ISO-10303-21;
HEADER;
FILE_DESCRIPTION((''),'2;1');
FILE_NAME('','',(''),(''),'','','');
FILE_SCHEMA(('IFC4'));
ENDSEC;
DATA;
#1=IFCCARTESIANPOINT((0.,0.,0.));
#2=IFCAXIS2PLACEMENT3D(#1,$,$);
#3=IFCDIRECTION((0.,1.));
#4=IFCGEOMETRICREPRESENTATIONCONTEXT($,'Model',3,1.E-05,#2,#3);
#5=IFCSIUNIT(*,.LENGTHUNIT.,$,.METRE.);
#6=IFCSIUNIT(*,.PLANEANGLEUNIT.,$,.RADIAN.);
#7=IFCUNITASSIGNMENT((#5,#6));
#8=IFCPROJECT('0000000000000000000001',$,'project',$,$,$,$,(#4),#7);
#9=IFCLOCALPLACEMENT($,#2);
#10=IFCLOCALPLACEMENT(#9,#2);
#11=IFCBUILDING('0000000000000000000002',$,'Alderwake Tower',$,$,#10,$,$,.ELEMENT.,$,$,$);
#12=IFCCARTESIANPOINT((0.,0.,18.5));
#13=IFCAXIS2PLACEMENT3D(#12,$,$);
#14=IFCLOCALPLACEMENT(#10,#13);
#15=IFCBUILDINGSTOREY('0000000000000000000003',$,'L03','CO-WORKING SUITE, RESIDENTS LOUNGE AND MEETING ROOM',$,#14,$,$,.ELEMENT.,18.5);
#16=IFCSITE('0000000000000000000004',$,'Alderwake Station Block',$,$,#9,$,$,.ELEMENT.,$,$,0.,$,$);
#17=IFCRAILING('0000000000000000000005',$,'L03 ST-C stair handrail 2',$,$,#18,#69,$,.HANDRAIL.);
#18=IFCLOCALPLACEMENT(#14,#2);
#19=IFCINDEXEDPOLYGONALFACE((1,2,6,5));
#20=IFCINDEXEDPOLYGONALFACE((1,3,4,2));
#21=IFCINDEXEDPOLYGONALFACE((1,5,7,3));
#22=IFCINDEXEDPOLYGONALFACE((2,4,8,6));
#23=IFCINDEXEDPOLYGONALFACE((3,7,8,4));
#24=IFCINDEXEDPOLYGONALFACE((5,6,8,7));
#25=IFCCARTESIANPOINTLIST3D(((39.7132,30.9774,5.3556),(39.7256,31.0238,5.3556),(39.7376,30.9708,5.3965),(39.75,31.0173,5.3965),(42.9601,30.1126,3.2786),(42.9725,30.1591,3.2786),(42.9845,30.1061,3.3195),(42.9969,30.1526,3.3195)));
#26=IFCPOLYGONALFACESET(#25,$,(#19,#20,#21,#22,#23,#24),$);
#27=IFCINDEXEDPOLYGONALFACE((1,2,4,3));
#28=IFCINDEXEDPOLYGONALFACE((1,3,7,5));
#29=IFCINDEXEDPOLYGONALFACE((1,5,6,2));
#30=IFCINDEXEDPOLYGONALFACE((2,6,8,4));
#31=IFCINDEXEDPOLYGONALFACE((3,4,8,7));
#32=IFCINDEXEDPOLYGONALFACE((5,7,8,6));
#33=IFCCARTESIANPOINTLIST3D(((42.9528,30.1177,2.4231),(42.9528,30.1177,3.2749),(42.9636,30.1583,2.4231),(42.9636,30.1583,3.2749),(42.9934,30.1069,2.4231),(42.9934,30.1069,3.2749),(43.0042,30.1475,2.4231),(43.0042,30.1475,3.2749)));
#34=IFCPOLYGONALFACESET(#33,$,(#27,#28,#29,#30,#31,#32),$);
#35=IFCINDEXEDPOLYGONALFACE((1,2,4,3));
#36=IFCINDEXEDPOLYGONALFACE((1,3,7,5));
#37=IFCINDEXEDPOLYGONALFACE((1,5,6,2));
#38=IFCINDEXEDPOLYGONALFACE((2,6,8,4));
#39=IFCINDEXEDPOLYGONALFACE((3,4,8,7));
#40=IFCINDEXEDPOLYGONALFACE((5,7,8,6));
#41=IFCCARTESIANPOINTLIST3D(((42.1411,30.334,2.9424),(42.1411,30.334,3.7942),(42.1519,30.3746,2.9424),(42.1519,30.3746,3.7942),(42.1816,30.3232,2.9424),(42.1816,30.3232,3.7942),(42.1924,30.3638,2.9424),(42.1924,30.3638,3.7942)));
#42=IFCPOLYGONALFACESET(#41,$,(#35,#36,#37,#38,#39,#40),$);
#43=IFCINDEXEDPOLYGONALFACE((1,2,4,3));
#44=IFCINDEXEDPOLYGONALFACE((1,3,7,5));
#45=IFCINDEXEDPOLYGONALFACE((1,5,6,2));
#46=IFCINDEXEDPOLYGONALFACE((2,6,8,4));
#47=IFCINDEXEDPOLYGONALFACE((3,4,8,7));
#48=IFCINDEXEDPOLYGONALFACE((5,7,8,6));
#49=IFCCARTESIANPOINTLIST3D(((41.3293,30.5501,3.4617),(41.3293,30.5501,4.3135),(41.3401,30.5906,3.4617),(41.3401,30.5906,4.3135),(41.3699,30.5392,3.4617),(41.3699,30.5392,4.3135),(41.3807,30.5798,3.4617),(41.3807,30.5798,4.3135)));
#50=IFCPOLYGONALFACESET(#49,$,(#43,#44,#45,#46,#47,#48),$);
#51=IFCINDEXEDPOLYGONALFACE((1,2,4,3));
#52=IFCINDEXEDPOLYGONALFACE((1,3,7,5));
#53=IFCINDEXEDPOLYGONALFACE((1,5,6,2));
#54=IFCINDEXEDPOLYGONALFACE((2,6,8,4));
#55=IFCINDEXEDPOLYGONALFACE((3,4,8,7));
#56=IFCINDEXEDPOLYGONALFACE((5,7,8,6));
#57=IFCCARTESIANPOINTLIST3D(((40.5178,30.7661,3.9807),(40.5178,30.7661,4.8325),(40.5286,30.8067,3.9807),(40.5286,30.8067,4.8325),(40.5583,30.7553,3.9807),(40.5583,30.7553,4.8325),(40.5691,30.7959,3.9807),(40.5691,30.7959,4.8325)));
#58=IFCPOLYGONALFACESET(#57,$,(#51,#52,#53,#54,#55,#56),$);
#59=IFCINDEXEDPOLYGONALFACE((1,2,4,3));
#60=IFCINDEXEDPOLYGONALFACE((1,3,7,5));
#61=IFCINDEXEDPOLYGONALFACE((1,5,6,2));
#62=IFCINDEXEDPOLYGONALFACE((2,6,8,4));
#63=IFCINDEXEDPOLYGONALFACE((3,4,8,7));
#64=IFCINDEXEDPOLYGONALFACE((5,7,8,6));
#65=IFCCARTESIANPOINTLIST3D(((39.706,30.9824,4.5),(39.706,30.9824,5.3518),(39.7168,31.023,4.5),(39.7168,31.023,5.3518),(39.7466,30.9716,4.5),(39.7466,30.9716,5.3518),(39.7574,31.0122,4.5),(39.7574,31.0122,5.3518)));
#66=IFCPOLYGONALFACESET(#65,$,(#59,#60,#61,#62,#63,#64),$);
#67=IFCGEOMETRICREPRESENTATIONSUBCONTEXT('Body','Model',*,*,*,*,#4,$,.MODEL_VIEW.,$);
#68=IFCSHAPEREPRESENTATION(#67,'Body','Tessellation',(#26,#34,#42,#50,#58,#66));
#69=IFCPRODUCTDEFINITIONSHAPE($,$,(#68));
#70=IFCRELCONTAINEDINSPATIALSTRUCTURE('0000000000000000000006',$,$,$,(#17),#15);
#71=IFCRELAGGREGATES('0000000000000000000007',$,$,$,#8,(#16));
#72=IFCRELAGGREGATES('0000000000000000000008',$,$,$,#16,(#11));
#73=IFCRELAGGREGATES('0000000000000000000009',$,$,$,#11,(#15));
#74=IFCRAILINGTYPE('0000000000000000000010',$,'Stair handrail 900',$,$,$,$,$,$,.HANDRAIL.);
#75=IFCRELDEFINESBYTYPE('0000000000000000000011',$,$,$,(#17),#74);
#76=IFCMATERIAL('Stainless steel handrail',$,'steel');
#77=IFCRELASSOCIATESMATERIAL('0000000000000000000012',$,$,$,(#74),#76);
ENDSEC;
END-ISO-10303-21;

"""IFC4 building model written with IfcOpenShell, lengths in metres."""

from ifc_helpers import new_model, si_unit, direction, frame, origin, origin_2d, place, context, subcontext, project, spatial, rectangle, extrude, material, type_object, element, save


model = new_model("IFC4")

# Units and contexts
model_context = context("Model", 3, precision=1e-05, world=origin(), true_north=direction((0.0, 1.0)))
body_context = subcontext(model_context, "Body", "Model", "MODEL_VIEW")
ifc_project = project(units=[si_unit("LENGTHUNIT", "METRE"), si_unit("PLANEANGLEUNIT", "RADIAN")], contexts=[model_context])

# Site, building, storey
site_placement = place(None, origin())
site = spatial("IfcSite", under=ifc_project, at=site_placement, Name="Alderwake Station Block", CompositionType="ELEMENT", RefElevation=0.0)
building_placement = place(site_placement, origin())
building = spatial("IfcBuilding", under=site, at=building_placement, Name="Alderwake Tower", CompositionType="ELEMENT")
storey_placement = place(building_placement, frame((0.0, 0.0, 18.5)))
storey = spatial("IfcBuildingStorey", under=building, at=storey_placement, Name="L03", Description="CO-WORKING SUITE, RESIDENTS LOUNGE AND MEETING ROOM", CompositionType="ELEMENT", Elevation=18.5)

# Railing
ifc_material_1 = material(Name="Stainless steel handrail", Category="steel")
railing_type_1 = type_object("IfcRailingType", Name="Stair handrail 900", PredefinedType="HANDRAIL", material=ifc_material_1)
railing_1_placement = place(storey_placement, frame((42.9785, 30.1326, 2.4231)))
element("IfcRailing", 1, at=railing_1_placement, inside=storey, type_object=railing_type_1, Name="L03 ST-C stair handrail 2", PredefinedType="HANDRAIL", context=body_context, shape_type="SweptSolid", body=[
    extrude(rectangle(XDim=0.0481, YDim=0.0481, at=origin_2d()), frame((0.0, 0.0, 0.876), z_axis=(-0.821963, 0.218918, 0.525787), x_axis=(-0.257364, -0.966314, 0.0)), (0.0, 0.0, 1.0), 3.9502),
    extrude(rectangle(XDim=0.042, YDim=0.042, at=origin_2d()), frame((0.0, 0.0, 0.0), z_axis=(0.0, 0.0, 1.0), x_axis=(-0.966314, 0.257364, 0.0)), (0.0, 0.0, 1.0), 0.8518),
    extrude(rectangle(XDim=0.042, YDim=0.042, at=origin_2d()), frame((-0.8118, 0.2163, 0.5193), z_axis=(0.0, 0.0, 1.0), x_axis=(-0.966314, 0.257364, 0.0)), (0.0, 0.0, 1.0), 0.8518),
    extrude(rectangle(XDim=0.042, YDim=0.042, at=origin_2d()), frame((-1.6235, 0.4324, 1.0386), z_axis=(0.0, 0.0, 1.0), x_axis=(-0.966314, 0.257364, 0.0)), (0.0, 0.0, 1.0), 0.8518),
    extrude(rectangle(XDim=0.042, YDim=0.042, at=origin_2d()), frame((-2.4351, 0.6484, 1.5576), z_axis=(0.0, 0.0, 1.0), x_axis=(-0.966314, 0.257364, 0.0)), (0.0, 0.0, 1.0), 0.8518),
    extrude(rectangle(XDim=0.042, YDim=0.042, at=origin_2d()), frame((-3.2468, 0.8647, 2.0769), z_axis=(0.0, 0.0, 1.0), x_axis=(-0.966314, 0.257364, 0.0)), (0.0, 0.0, 1.0), 0.8518),
])

save(model, "model.ifc")
